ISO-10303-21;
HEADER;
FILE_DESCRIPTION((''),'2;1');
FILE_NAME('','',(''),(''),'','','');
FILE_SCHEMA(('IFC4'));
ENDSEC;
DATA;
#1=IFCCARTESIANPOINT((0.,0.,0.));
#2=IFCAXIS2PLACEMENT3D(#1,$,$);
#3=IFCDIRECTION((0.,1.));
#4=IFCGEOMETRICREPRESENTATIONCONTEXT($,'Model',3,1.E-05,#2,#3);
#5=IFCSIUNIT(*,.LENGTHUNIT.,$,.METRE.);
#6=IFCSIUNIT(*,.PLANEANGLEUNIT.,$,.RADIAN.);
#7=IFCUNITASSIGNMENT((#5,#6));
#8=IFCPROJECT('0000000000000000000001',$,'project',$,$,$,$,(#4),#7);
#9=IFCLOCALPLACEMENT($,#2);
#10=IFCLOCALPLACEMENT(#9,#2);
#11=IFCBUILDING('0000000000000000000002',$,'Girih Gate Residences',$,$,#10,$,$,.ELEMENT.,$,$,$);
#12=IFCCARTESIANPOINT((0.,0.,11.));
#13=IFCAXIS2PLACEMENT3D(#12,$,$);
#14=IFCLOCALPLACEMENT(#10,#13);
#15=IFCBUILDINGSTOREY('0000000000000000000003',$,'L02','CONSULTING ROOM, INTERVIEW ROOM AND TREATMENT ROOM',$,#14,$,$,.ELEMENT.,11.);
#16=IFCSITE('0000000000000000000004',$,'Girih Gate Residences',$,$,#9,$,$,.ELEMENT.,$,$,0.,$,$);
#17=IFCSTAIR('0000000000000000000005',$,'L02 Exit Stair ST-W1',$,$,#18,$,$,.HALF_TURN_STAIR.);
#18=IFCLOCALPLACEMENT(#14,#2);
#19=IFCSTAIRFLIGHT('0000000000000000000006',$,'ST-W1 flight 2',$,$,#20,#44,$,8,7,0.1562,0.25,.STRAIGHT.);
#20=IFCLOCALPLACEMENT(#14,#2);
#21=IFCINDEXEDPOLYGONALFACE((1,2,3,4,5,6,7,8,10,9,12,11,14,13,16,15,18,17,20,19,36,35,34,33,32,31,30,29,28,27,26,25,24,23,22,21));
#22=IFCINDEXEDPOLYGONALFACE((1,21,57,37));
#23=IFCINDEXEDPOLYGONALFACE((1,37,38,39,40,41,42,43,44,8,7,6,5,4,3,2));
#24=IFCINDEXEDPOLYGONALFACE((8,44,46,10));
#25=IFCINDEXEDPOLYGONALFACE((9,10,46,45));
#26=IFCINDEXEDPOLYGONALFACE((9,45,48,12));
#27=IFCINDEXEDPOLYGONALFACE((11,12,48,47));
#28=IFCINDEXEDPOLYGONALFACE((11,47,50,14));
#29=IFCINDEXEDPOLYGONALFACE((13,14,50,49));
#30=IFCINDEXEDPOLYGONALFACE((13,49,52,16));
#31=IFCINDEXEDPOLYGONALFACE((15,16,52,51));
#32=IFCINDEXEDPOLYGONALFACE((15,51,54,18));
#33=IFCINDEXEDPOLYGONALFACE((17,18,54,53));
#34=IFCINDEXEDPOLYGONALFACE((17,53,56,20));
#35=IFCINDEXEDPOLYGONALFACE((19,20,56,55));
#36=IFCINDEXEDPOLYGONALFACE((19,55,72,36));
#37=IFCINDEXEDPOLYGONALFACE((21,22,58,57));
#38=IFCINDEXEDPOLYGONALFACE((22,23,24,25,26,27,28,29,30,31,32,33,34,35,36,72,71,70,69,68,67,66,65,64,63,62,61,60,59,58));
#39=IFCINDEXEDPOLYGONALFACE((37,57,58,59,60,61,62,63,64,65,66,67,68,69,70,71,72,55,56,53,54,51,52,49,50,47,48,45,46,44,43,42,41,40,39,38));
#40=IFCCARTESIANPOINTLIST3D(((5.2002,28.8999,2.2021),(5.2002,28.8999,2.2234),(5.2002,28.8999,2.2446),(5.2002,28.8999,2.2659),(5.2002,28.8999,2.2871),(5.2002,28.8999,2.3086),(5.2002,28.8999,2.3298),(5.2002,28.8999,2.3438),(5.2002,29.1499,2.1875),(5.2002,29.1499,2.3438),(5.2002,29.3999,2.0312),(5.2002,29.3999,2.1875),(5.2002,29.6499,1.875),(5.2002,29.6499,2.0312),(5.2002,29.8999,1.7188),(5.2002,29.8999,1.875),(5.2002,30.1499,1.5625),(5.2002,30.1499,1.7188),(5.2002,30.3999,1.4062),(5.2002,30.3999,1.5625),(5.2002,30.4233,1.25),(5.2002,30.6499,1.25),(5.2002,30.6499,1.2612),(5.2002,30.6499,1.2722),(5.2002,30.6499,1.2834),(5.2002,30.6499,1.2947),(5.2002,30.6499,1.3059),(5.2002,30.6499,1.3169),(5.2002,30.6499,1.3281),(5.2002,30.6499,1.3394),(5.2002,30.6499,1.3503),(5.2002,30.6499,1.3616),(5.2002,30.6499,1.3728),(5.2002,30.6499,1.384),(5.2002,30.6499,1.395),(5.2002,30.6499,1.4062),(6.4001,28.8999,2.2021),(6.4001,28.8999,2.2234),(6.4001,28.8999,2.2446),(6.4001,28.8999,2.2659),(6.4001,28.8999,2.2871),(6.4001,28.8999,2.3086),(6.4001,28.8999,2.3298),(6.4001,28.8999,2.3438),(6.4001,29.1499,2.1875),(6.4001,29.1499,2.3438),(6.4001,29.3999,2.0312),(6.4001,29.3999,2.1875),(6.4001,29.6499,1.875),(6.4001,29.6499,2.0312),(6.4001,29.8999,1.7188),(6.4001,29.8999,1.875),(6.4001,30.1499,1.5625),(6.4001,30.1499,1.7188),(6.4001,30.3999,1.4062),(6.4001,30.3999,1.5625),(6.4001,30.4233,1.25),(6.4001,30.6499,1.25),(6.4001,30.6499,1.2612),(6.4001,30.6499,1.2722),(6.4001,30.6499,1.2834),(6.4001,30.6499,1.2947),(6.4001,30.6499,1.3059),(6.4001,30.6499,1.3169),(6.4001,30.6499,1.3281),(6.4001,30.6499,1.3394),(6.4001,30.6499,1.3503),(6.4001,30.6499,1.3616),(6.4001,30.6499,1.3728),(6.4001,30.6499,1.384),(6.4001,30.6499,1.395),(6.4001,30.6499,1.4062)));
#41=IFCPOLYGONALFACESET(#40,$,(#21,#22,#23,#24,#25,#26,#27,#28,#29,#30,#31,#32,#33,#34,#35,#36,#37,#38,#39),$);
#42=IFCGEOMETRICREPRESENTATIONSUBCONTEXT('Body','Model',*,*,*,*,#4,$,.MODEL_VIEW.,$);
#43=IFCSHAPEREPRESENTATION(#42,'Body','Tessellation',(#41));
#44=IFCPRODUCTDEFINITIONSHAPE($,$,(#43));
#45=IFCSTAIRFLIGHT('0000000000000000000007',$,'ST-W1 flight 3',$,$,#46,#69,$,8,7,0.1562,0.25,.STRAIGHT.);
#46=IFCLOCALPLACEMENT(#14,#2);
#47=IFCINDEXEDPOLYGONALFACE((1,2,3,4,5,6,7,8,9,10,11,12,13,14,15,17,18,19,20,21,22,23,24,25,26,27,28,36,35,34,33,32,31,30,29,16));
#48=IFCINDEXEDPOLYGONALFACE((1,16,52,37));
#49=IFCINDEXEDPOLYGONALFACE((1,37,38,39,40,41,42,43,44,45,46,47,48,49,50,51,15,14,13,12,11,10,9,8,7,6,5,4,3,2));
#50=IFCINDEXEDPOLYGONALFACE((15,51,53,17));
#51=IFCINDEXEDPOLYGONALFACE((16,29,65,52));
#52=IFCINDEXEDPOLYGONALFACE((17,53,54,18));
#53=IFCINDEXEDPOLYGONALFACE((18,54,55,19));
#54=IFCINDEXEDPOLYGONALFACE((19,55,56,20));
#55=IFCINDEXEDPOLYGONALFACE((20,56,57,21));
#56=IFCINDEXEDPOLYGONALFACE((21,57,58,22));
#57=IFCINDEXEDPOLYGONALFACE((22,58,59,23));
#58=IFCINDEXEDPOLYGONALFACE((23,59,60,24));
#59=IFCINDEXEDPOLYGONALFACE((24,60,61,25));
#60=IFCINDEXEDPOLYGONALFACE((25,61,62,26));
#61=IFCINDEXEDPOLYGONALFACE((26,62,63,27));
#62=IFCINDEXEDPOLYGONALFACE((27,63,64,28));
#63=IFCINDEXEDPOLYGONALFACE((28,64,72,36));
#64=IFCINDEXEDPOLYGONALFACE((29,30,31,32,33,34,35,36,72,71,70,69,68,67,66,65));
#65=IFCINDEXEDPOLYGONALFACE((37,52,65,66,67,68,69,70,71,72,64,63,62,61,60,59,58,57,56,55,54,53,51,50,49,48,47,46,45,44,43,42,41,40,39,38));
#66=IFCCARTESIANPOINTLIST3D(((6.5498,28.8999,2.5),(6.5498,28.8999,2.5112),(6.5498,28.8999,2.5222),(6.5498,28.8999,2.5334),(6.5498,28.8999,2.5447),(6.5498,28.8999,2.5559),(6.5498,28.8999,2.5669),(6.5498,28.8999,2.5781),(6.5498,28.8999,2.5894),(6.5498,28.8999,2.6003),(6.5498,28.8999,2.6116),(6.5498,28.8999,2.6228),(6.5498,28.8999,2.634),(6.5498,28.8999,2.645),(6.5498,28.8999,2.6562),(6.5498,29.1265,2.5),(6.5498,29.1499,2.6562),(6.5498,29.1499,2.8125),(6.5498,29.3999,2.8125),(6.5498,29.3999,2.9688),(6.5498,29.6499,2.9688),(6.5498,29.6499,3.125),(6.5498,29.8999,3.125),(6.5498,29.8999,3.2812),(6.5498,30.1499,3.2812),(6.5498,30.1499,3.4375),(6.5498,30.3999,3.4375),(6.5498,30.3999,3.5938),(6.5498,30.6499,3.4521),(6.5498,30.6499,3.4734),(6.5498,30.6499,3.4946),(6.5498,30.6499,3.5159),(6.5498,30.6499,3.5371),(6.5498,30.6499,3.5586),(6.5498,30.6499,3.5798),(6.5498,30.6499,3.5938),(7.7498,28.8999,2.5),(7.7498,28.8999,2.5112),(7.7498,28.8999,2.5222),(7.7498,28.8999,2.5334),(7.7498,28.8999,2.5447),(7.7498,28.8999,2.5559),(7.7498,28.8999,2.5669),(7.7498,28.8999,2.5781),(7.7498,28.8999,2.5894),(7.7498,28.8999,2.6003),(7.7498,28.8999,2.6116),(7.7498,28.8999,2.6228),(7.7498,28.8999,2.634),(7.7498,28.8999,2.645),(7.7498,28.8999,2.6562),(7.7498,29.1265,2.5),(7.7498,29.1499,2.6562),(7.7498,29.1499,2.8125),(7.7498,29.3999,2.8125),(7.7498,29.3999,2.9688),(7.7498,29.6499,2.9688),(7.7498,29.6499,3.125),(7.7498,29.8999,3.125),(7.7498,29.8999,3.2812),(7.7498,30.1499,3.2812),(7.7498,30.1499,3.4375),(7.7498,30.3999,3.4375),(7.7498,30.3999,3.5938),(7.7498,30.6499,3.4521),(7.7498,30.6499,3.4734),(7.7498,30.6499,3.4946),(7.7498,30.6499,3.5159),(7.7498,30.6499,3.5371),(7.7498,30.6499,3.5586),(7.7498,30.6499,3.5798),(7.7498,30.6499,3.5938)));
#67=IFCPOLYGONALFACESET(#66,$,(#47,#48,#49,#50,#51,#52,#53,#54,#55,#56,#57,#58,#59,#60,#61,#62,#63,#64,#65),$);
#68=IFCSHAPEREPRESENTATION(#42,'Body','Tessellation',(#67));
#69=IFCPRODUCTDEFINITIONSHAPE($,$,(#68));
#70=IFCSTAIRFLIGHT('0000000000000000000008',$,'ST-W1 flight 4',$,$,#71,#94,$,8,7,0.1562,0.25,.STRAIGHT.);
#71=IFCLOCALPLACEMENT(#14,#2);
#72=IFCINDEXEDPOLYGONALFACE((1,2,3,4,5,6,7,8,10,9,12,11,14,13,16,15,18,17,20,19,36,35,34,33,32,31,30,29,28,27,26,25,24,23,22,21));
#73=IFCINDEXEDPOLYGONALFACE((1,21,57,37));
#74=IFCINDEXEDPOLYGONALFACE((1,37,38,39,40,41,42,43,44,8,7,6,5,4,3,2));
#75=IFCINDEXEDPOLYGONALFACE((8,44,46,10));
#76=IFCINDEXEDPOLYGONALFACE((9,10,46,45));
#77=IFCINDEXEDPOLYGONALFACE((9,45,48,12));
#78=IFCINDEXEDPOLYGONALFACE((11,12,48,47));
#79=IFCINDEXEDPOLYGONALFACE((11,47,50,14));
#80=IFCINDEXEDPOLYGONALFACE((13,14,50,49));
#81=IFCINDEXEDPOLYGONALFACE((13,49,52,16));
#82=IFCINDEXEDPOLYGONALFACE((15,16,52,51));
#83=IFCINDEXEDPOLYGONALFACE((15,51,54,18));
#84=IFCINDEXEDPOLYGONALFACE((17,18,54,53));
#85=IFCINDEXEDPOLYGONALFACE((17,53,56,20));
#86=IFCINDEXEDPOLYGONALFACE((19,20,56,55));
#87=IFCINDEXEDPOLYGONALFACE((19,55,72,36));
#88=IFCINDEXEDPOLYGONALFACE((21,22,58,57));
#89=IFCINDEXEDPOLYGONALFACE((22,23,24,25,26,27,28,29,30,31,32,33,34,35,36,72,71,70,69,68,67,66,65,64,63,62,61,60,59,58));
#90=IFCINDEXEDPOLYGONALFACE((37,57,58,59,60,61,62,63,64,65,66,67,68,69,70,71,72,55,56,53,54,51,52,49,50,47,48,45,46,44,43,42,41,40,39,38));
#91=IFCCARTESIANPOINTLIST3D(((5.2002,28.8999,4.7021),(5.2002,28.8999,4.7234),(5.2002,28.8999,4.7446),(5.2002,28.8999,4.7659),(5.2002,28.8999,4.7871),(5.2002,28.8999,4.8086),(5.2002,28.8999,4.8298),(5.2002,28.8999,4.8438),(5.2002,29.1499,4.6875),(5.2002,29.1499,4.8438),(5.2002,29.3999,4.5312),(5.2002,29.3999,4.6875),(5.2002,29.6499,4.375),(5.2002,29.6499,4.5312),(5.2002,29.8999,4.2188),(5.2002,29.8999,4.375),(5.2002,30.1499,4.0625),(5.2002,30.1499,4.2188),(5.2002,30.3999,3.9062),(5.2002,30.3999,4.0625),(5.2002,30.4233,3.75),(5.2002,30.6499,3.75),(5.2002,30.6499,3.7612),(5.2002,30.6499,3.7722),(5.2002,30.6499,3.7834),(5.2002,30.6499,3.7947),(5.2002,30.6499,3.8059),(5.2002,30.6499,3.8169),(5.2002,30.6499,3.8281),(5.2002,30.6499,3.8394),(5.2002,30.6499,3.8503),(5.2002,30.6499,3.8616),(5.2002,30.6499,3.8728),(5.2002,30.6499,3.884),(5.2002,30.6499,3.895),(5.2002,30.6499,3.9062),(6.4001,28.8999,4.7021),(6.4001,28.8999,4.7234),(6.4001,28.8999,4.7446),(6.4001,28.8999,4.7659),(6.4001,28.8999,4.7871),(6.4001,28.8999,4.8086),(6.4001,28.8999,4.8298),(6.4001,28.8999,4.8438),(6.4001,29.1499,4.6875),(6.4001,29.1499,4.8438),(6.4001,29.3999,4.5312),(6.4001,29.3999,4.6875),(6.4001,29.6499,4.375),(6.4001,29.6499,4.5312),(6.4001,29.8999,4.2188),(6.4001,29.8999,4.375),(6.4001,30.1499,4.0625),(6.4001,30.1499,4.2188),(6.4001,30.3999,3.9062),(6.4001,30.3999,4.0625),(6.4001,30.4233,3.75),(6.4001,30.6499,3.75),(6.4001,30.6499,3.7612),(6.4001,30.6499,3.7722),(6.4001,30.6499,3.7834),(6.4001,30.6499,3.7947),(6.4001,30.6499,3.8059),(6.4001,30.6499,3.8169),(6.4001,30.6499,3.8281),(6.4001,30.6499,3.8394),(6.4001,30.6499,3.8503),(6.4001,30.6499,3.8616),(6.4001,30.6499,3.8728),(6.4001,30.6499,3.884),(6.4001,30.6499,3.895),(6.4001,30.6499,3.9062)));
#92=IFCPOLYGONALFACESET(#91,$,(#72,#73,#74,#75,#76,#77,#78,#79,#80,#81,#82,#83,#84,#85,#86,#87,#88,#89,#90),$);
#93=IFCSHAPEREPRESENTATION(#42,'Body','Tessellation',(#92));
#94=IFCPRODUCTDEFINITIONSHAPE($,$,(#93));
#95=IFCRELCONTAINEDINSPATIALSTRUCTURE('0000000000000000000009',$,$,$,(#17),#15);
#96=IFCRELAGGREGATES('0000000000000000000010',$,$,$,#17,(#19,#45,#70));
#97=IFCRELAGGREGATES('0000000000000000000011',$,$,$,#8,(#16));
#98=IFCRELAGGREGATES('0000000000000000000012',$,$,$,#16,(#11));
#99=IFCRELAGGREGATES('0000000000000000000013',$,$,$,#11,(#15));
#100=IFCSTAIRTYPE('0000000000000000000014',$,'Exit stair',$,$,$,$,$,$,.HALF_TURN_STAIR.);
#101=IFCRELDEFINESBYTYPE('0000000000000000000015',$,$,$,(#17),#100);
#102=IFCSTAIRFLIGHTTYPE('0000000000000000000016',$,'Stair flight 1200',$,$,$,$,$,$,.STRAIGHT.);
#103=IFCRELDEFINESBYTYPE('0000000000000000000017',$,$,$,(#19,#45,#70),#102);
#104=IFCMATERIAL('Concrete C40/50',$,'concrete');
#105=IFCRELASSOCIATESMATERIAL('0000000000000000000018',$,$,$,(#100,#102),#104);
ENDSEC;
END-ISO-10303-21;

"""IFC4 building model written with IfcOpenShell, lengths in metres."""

from ifc_helpers import new_model, si_unit, direction, frame, origin, place, context, subcontext, project, spatial, polyline, outline, extrude, material, type_object, element, aggregate, save


model = new_model("IFC4")

# Units and contexts
model_context = context("Model", 3, precision=1e-05, world=origin(), true_north=direction((0.0, 1.0)))
body_context = subcontext(model_context, "Body", "Model", "MODEL_VIEW")
ifc_project = project(units=[si_unit("LENGTHUNIT", "METRE"), si_unit("PLANEANGLEUNIT", "RADIAN")], contexts=[model_context])

# Site, building, storey
site_placement = place(None, origin())
site = spatial("IfcSite", under=ifc_project, at=site_placement, Name="Girih Gate Residences", CompositionType="ELEMENT", RefElevation=0.0)
building_placement = place(site_placement, origin())
building = spatial("IfcBuilding", under=site, at=building_placement, Name="Girih Gate Residences", CompositionType="ELEMENT")
storey_placement = place(building_placement, frame((0.0, 0.0, 11.0)))
storey = spatial("IfcBuildingStorey", under=building, at=storey_placement, Name="L02", Description="CONSULTING ROOM, INTERVIEW ROOM AND TREATMENT ROOM", CompositionType="ELEMENT", Elevation=11.0)

# Shared definitions
ifc_material_1 = material(Name="Concrete C40/50", Category="concrete")

# Stair, stair flights
stair_type = type_object("IfcStairType", Name="Exit stair", PredefinedType="HALF_TURN_STAIR", material=ifc_material_1)
stair_placement = place(storey_placement, origin())
stair = element("IfcStair", 1, at=stair_placement, inside=storey, type_object=stair_type, Name="L02 Exit Stair ST-W1", PredefinedType="HALF_TURN_STAIR")
stair_flight_type = type_object("IfcStairFlightType", Name="Stair flight 1200", PredefinedType="STRAIGHT", material=ifc_material_1)
stair_flight_1_placement = place(storey_placement, frame((5.8, 30.6499, 1.25), z_axis=(0.0, 0.0, 1.0), x_axis=(0.0, -1.0, 0.0)))
stair_flight_1 = element("IfcStairFlight", 2, at=stair_flight_1_placement, type_object=stair_flight_type, Name="ST-W1 flight 2", NumberOfRisers=8, NumberOfTreads=7, PredefinedType="STRAIGHT", RiserHeight=0.1562, TreadLength=0.25, context=body_context, shape_type="SweptSolid", body=[
    extrude(outline(polyline([(0.0, 0.0), (0.0, 0.0112), (0.0, 0.0222), (0.0, 0.0334), (0.0, 0.0447), (0.0, 0.0559), (0.0, 0.0669), (0.0, 0.0781), (0.0, 0.0894), (0.0, 0.1003), (0.0, 0.1116), (0.0, 0.1228), (0.0, 0.134), (0.0, 0.145), (0.0, 0.1562), (0.25, 0.1562), (0.25, 0.3125), (0.5, 0.3125), (0.5, 0.4688), (0.75, 0.4688), (0.75, 0.625), (1.0, 0.625), (1.0, 0.7812), (1.25, 0.7812), (1.25, 0.9375), (1.5, 0.9375), (1.5, 1.0938), (1.75, 1.0938), (1.75, 1.105), (1.75, 1.116), (1.75, 1.1272), (1.75, 1.1384), (1.75, 1.1497), (1.75, 1.1606), (1.75, 1.1719), (1.75, 1.1831), (1.75, 1.1941), (1.75, 1.2053), (1.75, 1.2166), (1.75, 1.2278), (1.75, 1.2388), (1.75, 1.25), (1.75, 1.2288), (1.75, 1.2075), (1.75, 1.1863), (1.75, 1.1648), (1.75, 1.1436), (1.75, 1.1223), (1.75, 1.1011), (1.75, 1.0798), (1.75, 1.0586), (1.75, 1.0371), (1.75, 1.0159), (1.75, 0.9946), (1.75, 0.9734), (1.75, 0.9521), (0.2266, 0.0), (0.0, 0.0)])), frame((0.0, 0.6001, 0.0), z_axis=(0.0, -1.0, 0.0), x_axis=(1.0, 0.0, 0.0)), (0.0, 0.0, 1.0), 1.2),
])
stair_flight_2_placement = place(storey_placement, frame((7.1499, 28.8999, 2.5), z_axis=(0.0, 0.0, 1.0), x_axis=(0.0, 1.0, 0.0)))
stair_flight_2 = element("IfcStairFlight", 3, at=stair_flight_2_placement, type_object=stair_flight_type, Name="ST-W1 flight 3", NumberOfRisers=8, NumberOfTreads=7, PredefinedType="STRAIGHT", RiserHeight=0.1562, TreadLength=0.25, context=body_context, shape_type="SweptSolid", body=[
    extrude(outline(polyline([(0.0, 0.0), (0.0, 0.0112), (0.0, 0.0222), (0.0, 0.0334), (0.0, 0.0447), (0.0, 0.0559), (0.0, 0.0669), (0.0, 0.0781), (0.0, 0.0894), (0.0, 0.1003), (0.0, 0.1116), (0.0, 0.1228), (0.0, 0.134), (0.0, 0.145), (0.0, 0.1562), (0.25, 0.1562), (0.25, 0.3125), (0.5, 0.3125), (0.5, 0.4688), (0.75, 0.4688), (0.75, 0.625), (1.0, 0.625), (1.0, 0.7812), (1.25, 0.7812), (1.25, 0.9375), (1.5, 0.9375), (1.5, 1.0938), (1.75, 1.0938), (1.75, 1.105), (1.75, 1.116), (1.75, 1.1272), (1.75, 1.1384), (1.75, 1.1497), (1.75, 1.1606), (1.75, 1.1719), (1.75, 1.1831), (1.75, 1.1941), (1.75, 1.2053), (1.75, 1.2166), (1.75, 1.2278), (1.75, 1.2388), (1.75, 1.25), (1.75, 1.2288), (1.75, 1.2075), (1.75, 1.1863), (1.75, 1.1648), (1.75, 1.1436), (1.75, 1.1223), (1.75, 1.1011), (1.75, 1.0798), (1.75, 1.0586), (1.75, 1.0371), (1.75, 1.0159), (1.75, 0.9946), (1.75, 0.9734), (1.75, 0.9521), (0.2266, 0.0), (0.0, 0.0)])), frame((0.0, 0.6001, 0.0), z_axis=(0.0, -1.0, 0.0), x_axis=(1.0, 0.0, 0.0)), (0.0, 0.0, 1.0), 1.2),
])
stair_flight_3_placement = place(storey_placement, frame((5.8, 30.6499, 3.75), z_axis=(0.0, 0.0, 1.0), x_axis=(0.0, -1.0, 0.0)))
stair_flight_3 = element("IfcStairFlight", 4, at=stair_flight_3_placement, type_object=stair_flight_type, Name="ST-W1 flight 4", NumberOfRisers=8, NumberOfTreads=7, PredefinedType="STRAIGHT", RiserHeight=0.1562, TreadLength=0.25, context=body_context, shape_type="SweptSolid", body=[
    extrude(outline(polyline([(0.0, 0.0), (0.0, 0.0112), (0.0, 0.0222), (0.0, 0.0334), (0.0, 0.0447), (0.0, 0.0559), (0.0, 0.0669), (0.0, 0.0781), (0.0, 0.0894), (0.0, 0.1003), (0.0, 0.1116), (0.0, 0.1228), (0.0, 0.134), (0.0, 0.145), (0.0, 0.1562), (0.25, 0.1562), (0.25, 0.3125), (0.5, 0.3125), (0.5, 0.4688), (0.75, 0.4688), (0.75, 0.625), (1.0, 0.625), (1.0, 0.7812), (1.25, 0.7812), (1.25, 0.9375), (1.5, 0.9375), (1.5, 1.0938), (1.75, 1.0938), (1.75, 1.105), (1.75, 1.116), (1.75, 1.1272), (1.75, 1.1384), (1.75, 1.1497), (1.75, 1.1606), (1.75, 1.1719), (1.75, 1.1831), (1.75, 1.1941), (1.75, 1.2053), (1.75, 1.2166), (1.75, 1.2278), (1.75, 1.2388), (1.75, 1.25), (1.75, 1.2288), (1.75, 1.2075), (1.75, 1.1863), (1.75, 1.1648), (1.75, 1.1436), (1.75, 1.1223), (1.75, 1.1011), (1.75, 1.0798), (1.75, 1.0586), (1.75, 1.0371), (1.75, 1.0159), (1.75, 0.9946), (1.75, 0.9734), (1.75, 0.9521), (0.2266, 0.0), (0.0, 0.0)])), frame((0.0, 0.6001, 0.0), z_axis=(0.0, -1.0, 0.0), x_axis=(1.0, 0.0, 0.0)), (0.0, 0.0, 1.0), 1.2),
])
aggregate(stair, [stair_flight_1, stair_flight_2, stair_flight_3])

save(model, "model.ifc")
